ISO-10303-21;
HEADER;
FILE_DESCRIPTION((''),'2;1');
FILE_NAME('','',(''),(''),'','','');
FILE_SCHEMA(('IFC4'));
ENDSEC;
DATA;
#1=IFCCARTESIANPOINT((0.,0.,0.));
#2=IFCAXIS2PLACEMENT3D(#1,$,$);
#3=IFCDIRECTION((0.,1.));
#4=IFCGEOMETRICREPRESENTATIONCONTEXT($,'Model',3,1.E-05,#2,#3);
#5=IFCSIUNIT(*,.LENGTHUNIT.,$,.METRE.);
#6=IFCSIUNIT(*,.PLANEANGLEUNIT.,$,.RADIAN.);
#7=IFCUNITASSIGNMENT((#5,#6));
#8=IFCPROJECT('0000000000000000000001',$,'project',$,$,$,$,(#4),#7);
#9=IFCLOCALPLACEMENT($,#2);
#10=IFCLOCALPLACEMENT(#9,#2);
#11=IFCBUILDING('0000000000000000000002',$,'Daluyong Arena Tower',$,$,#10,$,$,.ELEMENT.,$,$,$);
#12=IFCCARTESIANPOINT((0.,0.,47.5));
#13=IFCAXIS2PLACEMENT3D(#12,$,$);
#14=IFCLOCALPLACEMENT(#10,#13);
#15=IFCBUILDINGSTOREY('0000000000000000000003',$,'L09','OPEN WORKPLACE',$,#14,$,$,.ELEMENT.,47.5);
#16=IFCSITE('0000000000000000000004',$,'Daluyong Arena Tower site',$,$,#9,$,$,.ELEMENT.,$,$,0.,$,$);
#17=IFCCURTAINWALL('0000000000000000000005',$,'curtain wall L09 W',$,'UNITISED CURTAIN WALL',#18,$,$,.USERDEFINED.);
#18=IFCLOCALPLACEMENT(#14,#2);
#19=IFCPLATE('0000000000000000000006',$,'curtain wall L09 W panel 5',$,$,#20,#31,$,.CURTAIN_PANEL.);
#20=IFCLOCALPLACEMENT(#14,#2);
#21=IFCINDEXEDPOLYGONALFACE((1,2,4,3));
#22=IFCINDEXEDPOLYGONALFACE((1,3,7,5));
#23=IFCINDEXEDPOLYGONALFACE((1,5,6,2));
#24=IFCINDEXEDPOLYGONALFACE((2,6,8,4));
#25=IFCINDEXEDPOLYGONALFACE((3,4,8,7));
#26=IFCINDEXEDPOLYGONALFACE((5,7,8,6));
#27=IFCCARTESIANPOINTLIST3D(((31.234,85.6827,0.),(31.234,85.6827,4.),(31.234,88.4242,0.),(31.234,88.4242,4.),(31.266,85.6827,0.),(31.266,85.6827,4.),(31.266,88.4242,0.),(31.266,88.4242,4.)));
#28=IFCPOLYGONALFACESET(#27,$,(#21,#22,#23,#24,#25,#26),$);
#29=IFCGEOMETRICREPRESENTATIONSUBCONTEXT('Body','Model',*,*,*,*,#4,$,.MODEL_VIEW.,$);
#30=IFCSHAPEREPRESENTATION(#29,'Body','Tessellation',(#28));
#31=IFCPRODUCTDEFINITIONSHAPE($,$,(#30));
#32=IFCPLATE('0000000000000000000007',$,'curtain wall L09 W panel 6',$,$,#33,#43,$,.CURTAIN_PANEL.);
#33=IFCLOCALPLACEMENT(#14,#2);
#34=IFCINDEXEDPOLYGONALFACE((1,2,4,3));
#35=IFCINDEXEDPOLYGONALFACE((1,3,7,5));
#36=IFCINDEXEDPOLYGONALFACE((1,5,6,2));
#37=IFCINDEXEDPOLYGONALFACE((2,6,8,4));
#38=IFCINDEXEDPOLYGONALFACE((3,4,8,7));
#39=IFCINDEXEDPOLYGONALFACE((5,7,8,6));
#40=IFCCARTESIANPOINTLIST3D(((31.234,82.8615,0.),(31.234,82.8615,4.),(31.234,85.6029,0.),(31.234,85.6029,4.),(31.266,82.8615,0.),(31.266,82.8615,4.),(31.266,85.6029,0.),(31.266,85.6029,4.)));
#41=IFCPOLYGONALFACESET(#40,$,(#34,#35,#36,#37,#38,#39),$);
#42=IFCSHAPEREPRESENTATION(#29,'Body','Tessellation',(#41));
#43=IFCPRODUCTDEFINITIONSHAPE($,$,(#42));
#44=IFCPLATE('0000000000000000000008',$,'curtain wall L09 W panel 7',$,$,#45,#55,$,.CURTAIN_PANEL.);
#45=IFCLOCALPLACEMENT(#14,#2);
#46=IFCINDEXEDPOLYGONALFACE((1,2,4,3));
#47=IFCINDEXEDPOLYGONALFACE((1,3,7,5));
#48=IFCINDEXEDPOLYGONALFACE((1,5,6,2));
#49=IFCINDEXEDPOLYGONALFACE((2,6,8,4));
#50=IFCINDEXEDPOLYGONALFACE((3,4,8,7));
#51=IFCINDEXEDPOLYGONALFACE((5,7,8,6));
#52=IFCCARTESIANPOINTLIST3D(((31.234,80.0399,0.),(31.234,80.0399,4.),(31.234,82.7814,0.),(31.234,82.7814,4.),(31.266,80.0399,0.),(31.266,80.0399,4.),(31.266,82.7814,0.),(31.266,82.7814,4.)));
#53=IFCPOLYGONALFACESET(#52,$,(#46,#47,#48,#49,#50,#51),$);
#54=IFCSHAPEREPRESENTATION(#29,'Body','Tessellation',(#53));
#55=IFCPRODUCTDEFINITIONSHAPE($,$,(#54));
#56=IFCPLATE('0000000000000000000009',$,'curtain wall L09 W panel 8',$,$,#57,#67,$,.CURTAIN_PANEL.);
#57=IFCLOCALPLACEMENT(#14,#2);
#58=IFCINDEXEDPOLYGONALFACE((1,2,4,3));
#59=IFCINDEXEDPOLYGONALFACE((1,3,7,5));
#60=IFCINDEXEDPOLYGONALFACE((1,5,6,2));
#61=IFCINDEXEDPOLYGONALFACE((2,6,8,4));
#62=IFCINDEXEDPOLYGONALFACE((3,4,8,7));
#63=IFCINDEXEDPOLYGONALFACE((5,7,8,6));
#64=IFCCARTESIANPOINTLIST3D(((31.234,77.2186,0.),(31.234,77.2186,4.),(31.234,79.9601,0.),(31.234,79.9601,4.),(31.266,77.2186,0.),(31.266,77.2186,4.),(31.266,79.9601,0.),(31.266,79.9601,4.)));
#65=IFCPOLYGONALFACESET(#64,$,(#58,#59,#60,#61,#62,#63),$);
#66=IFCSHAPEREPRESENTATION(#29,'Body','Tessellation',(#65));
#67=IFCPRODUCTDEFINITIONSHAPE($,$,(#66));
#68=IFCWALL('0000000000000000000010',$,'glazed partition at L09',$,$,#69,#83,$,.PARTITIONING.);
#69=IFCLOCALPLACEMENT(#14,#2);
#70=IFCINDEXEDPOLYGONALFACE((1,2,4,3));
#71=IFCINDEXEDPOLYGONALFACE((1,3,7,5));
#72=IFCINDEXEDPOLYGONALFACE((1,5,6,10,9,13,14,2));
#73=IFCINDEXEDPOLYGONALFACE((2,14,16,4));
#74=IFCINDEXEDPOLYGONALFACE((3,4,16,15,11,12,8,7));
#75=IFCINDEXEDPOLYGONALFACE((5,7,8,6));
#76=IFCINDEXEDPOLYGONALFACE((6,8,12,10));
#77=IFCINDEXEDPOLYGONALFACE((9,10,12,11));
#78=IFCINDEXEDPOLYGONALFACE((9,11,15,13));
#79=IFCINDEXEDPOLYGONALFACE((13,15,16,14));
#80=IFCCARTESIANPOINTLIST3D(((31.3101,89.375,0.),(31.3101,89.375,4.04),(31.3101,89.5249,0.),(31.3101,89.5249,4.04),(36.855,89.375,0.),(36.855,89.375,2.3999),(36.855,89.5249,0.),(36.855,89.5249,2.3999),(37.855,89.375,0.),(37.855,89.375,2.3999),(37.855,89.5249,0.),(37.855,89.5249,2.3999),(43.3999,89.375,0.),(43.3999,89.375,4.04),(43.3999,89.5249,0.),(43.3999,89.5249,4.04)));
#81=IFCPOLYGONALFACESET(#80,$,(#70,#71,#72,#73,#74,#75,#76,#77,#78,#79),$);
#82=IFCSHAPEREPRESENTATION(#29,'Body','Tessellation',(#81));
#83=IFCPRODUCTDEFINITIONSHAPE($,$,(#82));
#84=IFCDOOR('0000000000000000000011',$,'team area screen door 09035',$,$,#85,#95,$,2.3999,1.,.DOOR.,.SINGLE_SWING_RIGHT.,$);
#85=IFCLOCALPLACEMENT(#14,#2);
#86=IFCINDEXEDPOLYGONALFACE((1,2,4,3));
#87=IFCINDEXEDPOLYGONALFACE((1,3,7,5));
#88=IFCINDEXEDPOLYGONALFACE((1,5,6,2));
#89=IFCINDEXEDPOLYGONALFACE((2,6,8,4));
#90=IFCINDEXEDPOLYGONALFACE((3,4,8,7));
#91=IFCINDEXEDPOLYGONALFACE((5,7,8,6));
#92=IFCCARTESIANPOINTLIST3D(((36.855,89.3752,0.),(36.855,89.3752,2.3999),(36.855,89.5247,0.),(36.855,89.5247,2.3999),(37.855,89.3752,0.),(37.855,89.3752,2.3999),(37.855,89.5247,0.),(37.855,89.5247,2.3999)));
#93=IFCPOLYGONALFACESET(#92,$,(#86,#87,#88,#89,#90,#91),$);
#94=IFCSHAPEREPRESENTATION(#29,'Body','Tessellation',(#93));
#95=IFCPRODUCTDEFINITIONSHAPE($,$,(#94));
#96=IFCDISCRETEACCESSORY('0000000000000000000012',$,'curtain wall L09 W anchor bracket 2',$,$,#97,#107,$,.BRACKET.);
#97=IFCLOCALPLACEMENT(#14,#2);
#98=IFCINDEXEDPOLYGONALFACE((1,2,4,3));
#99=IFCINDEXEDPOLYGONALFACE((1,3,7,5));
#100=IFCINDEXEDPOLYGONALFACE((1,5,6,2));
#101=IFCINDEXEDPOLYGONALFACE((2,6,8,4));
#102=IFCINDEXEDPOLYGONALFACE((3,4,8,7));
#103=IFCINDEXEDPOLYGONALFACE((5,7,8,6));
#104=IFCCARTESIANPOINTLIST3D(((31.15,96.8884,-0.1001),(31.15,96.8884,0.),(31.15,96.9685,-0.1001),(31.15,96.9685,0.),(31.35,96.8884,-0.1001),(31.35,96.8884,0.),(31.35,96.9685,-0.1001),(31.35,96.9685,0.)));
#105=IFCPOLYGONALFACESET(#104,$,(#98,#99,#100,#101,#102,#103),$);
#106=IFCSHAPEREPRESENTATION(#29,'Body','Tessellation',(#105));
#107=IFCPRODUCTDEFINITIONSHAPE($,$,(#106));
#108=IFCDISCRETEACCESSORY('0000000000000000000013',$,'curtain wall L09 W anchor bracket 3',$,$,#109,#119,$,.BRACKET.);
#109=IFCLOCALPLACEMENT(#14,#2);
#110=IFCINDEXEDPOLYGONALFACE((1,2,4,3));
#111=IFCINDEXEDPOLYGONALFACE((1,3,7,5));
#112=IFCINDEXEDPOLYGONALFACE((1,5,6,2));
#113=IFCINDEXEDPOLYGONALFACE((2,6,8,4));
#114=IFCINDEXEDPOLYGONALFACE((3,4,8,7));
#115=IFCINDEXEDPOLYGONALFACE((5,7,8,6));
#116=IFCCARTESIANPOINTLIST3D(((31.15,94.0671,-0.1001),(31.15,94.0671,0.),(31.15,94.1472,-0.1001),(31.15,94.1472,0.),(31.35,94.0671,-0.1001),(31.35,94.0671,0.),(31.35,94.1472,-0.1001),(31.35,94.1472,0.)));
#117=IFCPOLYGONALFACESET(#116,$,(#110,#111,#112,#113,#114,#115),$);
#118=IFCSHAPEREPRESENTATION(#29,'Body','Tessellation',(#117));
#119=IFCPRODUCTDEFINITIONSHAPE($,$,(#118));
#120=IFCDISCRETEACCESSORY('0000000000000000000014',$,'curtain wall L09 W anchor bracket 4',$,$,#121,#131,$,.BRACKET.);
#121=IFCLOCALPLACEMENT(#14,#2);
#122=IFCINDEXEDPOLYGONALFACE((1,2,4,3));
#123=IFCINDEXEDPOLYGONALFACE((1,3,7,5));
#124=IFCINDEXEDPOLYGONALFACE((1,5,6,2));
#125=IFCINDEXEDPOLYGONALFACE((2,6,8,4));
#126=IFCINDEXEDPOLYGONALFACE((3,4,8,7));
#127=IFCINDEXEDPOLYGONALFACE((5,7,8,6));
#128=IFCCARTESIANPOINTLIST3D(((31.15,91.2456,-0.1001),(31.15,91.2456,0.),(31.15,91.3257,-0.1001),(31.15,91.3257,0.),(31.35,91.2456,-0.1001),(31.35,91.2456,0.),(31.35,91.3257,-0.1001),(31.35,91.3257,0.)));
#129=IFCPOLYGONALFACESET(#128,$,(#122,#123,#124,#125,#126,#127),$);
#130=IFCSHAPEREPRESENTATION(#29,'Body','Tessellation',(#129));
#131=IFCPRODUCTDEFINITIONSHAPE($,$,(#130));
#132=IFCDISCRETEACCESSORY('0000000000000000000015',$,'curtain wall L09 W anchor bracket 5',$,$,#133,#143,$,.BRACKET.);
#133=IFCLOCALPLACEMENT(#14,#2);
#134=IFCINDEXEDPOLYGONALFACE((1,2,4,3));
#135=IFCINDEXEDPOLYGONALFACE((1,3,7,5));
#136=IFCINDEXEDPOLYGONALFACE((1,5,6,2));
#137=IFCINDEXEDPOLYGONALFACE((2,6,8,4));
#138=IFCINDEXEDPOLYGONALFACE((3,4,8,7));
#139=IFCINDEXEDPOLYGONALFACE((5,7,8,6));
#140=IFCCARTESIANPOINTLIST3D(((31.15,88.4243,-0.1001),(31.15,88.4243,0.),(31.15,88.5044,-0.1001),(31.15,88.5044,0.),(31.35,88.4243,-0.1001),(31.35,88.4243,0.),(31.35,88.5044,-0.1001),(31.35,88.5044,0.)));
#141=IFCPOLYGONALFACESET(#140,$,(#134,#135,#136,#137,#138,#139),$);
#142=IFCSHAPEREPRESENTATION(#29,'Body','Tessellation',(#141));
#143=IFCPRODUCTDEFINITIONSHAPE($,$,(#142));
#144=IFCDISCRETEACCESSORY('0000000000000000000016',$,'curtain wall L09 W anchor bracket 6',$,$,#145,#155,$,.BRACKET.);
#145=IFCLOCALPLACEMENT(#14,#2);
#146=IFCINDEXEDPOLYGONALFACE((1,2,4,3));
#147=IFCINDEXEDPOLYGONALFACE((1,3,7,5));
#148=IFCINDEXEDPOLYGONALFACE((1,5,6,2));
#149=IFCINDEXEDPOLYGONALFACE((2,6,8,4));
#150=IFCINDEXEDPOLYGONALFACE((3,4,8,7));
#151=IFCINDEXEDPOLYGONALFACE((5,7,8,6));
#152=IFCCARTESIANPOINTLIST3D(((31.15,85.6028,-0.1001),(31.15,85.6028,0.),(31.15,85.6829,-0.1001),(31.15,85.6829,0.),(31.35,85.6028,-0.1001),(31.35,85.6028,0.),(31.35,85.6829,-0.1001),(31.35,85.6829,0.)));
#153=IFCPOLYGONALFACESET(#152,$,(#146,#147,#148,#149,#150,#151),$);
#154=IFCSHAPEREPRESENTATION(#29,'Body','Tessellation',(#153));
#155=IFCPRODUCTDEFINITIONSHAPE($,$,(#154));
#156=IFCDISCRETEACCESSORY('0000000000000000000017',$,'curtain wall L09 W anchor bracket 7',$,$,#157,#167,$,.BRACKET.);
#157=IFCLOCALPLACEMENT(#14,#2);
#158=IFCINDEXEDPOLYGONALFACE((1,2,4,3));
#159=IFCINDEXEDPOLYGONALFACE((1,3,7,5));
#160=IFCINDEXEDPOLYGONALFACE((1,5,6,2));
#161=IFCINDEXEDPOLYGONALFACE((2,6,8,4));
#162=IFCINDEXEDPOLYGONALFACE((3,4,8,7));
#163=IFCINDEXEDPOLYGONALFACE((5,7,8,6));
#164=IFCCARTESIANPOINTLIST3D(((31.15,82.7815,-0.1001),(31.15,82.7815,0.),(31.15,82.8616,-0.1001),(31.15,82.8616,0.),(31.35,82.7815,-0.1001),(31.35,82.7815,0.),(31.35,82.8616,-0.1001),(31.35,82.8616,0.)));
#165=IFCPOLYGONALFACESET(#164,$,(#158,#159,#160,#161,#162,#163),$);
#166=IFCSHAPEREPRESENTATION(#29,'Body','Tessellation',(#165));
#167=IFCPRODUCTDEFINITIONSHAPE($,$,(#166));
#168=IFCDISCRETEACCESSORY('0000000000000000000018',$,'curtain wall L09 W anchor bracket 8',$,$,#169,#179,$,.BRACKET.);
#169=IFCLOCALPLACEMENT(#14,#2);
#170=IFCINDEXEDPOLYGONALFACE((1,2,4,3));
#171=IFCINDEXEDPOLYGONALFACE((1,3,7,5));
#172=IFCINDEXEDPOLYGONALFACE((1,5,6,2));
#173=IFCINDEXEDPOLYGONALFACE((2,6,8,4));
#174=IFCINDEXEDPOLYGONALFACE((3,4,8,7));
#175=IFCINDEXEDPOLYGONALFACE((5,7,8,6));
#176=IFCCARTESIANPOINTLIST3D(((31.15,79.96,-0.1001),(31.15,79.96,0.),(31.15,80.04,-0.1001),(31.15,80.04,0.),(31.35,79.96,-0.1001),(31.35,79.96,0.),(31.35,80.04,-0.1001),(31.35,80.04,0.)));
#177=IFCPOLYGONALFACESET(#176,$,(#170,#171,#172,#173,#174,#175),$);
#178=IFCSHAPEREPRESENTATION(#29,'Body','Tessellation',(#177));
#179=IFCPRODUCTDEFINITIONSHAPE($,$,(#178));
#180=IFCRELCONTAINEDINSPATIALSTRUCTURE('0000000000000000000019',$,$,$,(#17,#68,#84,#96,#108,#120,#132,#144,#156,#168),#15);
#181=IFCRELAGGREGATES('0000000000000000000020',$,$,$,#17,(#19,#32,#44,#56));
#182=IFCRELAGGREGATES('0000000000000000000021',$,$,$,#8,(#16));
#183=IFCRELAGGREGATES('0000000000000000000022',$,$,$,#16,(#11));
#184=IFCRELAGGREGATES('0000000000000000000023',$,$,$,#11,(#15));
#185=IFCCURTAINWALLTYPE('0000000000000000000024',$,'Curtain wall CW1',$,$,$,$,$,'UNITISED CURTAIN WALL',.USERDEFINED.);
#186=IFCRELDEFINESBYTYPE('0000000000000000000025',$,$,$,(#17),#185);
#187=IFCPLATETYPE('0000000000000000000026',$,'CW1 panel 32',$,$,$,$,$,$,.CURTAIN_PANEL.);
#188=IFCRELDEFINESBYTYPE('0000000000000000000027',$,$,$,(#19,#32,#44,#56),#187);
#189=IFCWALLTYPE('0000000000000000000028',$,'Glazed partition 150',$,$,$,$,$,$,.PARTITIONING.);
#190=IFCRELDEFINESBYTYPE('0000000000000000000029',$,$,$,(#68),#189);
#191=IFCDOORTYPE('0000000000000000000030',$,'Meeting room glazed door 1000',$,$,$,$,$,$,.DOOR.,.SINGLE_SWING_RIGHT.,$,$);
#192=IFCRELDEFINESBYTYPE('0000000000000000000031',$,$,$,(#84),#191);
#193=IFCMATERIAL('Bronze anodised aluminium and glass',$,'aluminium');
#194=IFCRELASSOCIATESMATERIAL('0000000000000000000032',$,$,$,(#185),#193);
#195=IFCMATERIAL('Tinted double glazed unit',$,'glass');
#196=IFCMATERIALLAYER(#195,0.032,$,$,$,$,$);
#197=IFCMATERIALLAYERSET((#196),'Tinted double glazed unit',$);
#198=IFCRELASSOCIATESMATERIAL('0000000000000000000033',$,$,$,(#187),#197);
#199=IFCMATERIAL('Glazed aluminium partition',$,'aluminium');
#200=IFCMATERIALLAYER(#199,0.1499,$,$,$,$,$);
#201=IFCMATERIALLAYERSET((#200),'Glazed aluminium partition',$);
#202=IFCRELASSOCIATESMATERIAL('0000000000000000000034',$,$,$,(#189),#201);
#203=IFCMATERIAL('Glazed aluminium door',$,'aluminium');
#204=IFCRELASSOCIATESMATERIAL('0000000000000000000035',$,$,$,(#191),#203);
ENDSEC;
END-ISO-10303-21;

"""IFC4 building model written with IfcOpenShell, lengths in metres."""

from ifc_helpers import new_model, si_unit, direction, frame, frame_2d, origin, origin_2d, place, context, subcontext, project, spatial, rectangle, extrude, material, layer, layer_set, type_object, element, fill, aggregate, save


model = new_model("IFC4")

# Units and contexts
model_context = context("Model", 3, precision=1e-05, world=origin(), true_north=direction((0.0, 1.0)))
body_context = subcontext(model_context, "Body", "Model", "MODEL_VIEW")
ifc_project = project(units=[si_unit("LENGTHUNIT", "METRE"), si_unit("PLANEANGLEUNIT", "RADIAN")], contexts=[model_context])

# Site, building, storey
site_placement = place(None, origin())
site = spatial("IfcSite", under=ifc_project, at=site_placement, Name="Daluyong Arena Tower site", CompositionType="ELEMENT", RefElevation=0.0)
building_placement = place(site_placement, origin())
building = spatial("IfcBuilding", under=site, at=building_placement, Name="Daluyong Arena Tower", CompositionType="ELEMENT")
storey_placement = place(building_placement, frame((0.0, 0.0, 47.5)))
storey = spatial("IfcBuildingStorey", under=building, at=storey_placement, Name="L09", Description="OPEN WORKPLACE", CompositionType="ELEMENT", Elevation=47.5)

# Curtain wall
ifc_material_1 = material(Name="Bronze anodised aluminium and glass", Category="aluminium")
curtain_wall_type = type_object("IfcCurtainWallType", Name="Curtain wall CW1", ElementType="UNITISED CURTAIN WALL", PredefinedType="USERDEFINED", material=ifc_material_1)
curtain_wall_placement = place(storey_placement, origin())
curtain_wall = element("IfcCurtainWall", 1, at=curtain_wall_placement, inside=storey, type_object=curtain_wall_type, Name="curtain wall L09 W", ObjectType="UNITISED CURTAIN WALL", PredefinedType="USERDEFINED")

# Plates
ifc_material_2 = material(Name="Tinted double glazed unit", Category="glass")
ifc_layer_1 = layer(ifc_material_2, 0.032)
ifc_layer_set_1 = layer_set([ifc_layer_1], Name="Tinted double glazed unit")
plate_type = type_object("IfcPlateType", Name="CW1 panel 32", PredefinedType="CURTAIN_PANEL", material=ifc_layer_set_1)
plate_1_placement = place(storey_placement, frame((31.25, 87.0535, 0.0), z_axis=(0.0, 0.0, 1.0), x_axis=(0.0, -1.0, 0.0)))
plate_1 = element("IfcPlate", 2, at=plate_1_placement, type_object=plate_type, Name="curtain wall L09 W panel 5", PredefinedType="CURTAIN_PANEL", context=body_context, shape_type="SweptSolid", body=[
    extrude(rectangle(XDim=2.7415, YDim=0.032, at=origin_2d()), origin(), (0.0, 0.0, 1.0), 4.0),
])
plate_2_placement = place(storey_placement, frame((31.25, 84.2322, 0.0), z_axis=(0.0, 0.0, 1.0), x_axis=(0.0, -1.0, 0.0)))
plate_2 = element("IfcPlate", 3, at=plate_2_placement, type_object=plate_type, Name="curtain wall L09 W panel 6", PredefinedType="CURTAIN_PANEL", context=body_context, shape_type="SweptSolid", body=[
    extrude(rectangle(XDim=2.7415, YDim=0.032, at=origin_2d()), origin(), (0.0, 0.0, 1.0), 4.0),
])
plate_3_placement = place(storey_placement, frame((31.25, 81.4106, 0.0), z_axis=(0.0, 0.0, 1.0), x_axis=(0.0, -1.0, 0.0)))
plate_3 = element("IfcPlate", 4, at=plate_3_placement, type_object=plate_type, Name="curtain wall L09 W panel 7", PredefinedType="CURTAIN_PANEL", context=body_context, shape_type="SweptSolid", body=[
    extrude(rectangle(XDim=2.7415, YDim=0.032, at=origin_2d()), origin(), (0.0, 0.0, 1.0), 4.0),
])
plate_4_placement = place(storey_placement, frame((31.25, 78.5894, 0.0), z_axis=(0.0, 0.0, 1.0), x_axis=(0.0, -1.0, 0.0)))
plate_4 = element("IfcPlate", 5, at=plate_4_placement, type_object=plate_type, Name="curtain wall L09 W panel 8", PredefinedType="CURTAIN_PANEL", context=body_context, shape_type="SweptSolid", body=[
    extrude(rectangle(XDim=2.7415, YDim=0.032, at=origin_2d()), origin(), (0.0, 0.0, 1.0), 4.0),
])
aggregate(curtain_wall, [plate_1, plate_2, plate_3, plate_4])

# Wall, opening, door
ifc_material_3 = material(Name="Glazed aluminium partition", Category="aluminium")
ifc_layer_2 = layer(ifc_material_3, 0.1499)
ifc_layer_set_2 = layer_set([ifc_layer_2], Name="Glazed aluminium partition")
wall_type = type_object("IfcWallType", Name="Glazed partition 150", PredefinedType="PARTITIONING", material=ifc_layer_set_2)
wall_placement = place(storey_placement, frame((31.3101, 89.45, 0.0), z_axis=(0.0, 0.0, 1.0), x_axis=(1.0, 0.0, 0.0)))
wall = element("IfcWall", 6, at=wall_placement, inside=storey, type_object=wall_type, Name="glazed partition at L09", PredefinedType="PARTITIONING", context=body_context, shape_type="SweptSolid", body=[
    extrude(rectangle(XDim=12.0898, YDim=0.1499, at=frame_2d((6.0449, 0.0))), origin(), (0.0, 0.0, 1.0), 4.04),
])
opening_placement = place(wall_placement, frame((5.5449, 0.0, 0.0)))
opening = element("IfcOpeningElement", 7, at=opening_placement, cuts=wall, PredefinedType="OPENING", context=body_context, shape_type="SweptSolid", body=[
    extrude(rectangle(XDim=1.0, YDim=2.3999, at=frame_2d((0.5, 1.2))), frame((0.0, 0.085, 0.0), z_axis=(0.0, -1.0, 0.0), x_axis=(1.0, 0.0, 0.0)), (0.0, 0.0, 1.0), 0.1699),
])
ifc_material_4 = material(Name="Glazed aluminium door", Category="aluminium")
door_type = type_object("IfcDoorType", Name="Meeting room glazed door 1000", OperationType="SINGLE_SWING_RIGHT", PredefinedType="DOOR", material=ifc_material_4)
door_placement = place(opening_placement, origin())
door = element("IfcDoor", 8, at=door_placement, inside=storey, type_object=door_type, Name="team area screen door 09035", OperationType="SINGLE_SWING_RIGHT", OverallHeight=2.3999, OverallWidth=1.0, PredefinedType="DOOR", context=body_context, shape_type="SweptSolid", body=[
    extrude(rectangle(XDim=1.0, YDim=2.3999, at=frame_2d((0.5, 1.2))), frame((0.0, 0.0747, 0.0), z_axis=(0.0, -1.0, 0.0), x_axis=(1.0, 0.0, 0.0)), (0.0, 0.0, 1.0), 0.1494),
])
fill(opening, door)

# Discrete accessories
for number, where, z_axis, x_axis, name in (
    (9, (31.25, 96.9285, -0.1001), (0.0, 0.0, 1.0), (0.0, -1.0, 0.0), "curtain wall L09 W anchor bracket 2"),
    (10, (31.25, 94.1072, -0.1001), (0.0, 0.0, 1.0), (0.0, -1.0, 0.0), "curtain wall L09 W anchor bracket 3"),
    (11, (31.25, 91.2856, -0.1001), (0.0, 0.0, 1.0), (0.0, -1.0, 0.0), "curtain wall L09 W anchor bracket 4"),
    (12, (31.25, 88.4644, -0.1001), (0.0, 0.0, 1.0), (0.0, -1.0, 0.0), "curtain wall L09 W anchor bracket 5"),
    (13, (31.25, 85.6428, -0.1001), (0.0, 0.0, 1.0), (0.0, -1.0, 0.0), "curtain wall L09 W anchor bracket 6"),
    (14, (31.25, 82.8215, -0.1001), (0.0, 0.0, 1.0), (0.0, -1.0, 0.0), "curtain wall L09 W anchor bracket 7"),
    (15, (31.25, 80.0, -0.1001), (0.0, 0.0, 1.0), (0.0, -1.0, 0.0), "curtain wall L09 W anchor bracket 8"),
):
    element("IfcDiscreteAccessory", number, at=place(storey_placement, frame(where, z_axis=z_axis, x_axis=x_axis)), inside=storey, Name=name, PredefinedType="BRACKET", context=body_context, shape_type="SweptSolid", body=[
        extrude(rectangle(XDim=0.0801, YDim=0.2, at=origin_2d()), origin(), (0.0, 0.0, 1.0), 0.1001),
    ])

save(model, "model.ifc")
